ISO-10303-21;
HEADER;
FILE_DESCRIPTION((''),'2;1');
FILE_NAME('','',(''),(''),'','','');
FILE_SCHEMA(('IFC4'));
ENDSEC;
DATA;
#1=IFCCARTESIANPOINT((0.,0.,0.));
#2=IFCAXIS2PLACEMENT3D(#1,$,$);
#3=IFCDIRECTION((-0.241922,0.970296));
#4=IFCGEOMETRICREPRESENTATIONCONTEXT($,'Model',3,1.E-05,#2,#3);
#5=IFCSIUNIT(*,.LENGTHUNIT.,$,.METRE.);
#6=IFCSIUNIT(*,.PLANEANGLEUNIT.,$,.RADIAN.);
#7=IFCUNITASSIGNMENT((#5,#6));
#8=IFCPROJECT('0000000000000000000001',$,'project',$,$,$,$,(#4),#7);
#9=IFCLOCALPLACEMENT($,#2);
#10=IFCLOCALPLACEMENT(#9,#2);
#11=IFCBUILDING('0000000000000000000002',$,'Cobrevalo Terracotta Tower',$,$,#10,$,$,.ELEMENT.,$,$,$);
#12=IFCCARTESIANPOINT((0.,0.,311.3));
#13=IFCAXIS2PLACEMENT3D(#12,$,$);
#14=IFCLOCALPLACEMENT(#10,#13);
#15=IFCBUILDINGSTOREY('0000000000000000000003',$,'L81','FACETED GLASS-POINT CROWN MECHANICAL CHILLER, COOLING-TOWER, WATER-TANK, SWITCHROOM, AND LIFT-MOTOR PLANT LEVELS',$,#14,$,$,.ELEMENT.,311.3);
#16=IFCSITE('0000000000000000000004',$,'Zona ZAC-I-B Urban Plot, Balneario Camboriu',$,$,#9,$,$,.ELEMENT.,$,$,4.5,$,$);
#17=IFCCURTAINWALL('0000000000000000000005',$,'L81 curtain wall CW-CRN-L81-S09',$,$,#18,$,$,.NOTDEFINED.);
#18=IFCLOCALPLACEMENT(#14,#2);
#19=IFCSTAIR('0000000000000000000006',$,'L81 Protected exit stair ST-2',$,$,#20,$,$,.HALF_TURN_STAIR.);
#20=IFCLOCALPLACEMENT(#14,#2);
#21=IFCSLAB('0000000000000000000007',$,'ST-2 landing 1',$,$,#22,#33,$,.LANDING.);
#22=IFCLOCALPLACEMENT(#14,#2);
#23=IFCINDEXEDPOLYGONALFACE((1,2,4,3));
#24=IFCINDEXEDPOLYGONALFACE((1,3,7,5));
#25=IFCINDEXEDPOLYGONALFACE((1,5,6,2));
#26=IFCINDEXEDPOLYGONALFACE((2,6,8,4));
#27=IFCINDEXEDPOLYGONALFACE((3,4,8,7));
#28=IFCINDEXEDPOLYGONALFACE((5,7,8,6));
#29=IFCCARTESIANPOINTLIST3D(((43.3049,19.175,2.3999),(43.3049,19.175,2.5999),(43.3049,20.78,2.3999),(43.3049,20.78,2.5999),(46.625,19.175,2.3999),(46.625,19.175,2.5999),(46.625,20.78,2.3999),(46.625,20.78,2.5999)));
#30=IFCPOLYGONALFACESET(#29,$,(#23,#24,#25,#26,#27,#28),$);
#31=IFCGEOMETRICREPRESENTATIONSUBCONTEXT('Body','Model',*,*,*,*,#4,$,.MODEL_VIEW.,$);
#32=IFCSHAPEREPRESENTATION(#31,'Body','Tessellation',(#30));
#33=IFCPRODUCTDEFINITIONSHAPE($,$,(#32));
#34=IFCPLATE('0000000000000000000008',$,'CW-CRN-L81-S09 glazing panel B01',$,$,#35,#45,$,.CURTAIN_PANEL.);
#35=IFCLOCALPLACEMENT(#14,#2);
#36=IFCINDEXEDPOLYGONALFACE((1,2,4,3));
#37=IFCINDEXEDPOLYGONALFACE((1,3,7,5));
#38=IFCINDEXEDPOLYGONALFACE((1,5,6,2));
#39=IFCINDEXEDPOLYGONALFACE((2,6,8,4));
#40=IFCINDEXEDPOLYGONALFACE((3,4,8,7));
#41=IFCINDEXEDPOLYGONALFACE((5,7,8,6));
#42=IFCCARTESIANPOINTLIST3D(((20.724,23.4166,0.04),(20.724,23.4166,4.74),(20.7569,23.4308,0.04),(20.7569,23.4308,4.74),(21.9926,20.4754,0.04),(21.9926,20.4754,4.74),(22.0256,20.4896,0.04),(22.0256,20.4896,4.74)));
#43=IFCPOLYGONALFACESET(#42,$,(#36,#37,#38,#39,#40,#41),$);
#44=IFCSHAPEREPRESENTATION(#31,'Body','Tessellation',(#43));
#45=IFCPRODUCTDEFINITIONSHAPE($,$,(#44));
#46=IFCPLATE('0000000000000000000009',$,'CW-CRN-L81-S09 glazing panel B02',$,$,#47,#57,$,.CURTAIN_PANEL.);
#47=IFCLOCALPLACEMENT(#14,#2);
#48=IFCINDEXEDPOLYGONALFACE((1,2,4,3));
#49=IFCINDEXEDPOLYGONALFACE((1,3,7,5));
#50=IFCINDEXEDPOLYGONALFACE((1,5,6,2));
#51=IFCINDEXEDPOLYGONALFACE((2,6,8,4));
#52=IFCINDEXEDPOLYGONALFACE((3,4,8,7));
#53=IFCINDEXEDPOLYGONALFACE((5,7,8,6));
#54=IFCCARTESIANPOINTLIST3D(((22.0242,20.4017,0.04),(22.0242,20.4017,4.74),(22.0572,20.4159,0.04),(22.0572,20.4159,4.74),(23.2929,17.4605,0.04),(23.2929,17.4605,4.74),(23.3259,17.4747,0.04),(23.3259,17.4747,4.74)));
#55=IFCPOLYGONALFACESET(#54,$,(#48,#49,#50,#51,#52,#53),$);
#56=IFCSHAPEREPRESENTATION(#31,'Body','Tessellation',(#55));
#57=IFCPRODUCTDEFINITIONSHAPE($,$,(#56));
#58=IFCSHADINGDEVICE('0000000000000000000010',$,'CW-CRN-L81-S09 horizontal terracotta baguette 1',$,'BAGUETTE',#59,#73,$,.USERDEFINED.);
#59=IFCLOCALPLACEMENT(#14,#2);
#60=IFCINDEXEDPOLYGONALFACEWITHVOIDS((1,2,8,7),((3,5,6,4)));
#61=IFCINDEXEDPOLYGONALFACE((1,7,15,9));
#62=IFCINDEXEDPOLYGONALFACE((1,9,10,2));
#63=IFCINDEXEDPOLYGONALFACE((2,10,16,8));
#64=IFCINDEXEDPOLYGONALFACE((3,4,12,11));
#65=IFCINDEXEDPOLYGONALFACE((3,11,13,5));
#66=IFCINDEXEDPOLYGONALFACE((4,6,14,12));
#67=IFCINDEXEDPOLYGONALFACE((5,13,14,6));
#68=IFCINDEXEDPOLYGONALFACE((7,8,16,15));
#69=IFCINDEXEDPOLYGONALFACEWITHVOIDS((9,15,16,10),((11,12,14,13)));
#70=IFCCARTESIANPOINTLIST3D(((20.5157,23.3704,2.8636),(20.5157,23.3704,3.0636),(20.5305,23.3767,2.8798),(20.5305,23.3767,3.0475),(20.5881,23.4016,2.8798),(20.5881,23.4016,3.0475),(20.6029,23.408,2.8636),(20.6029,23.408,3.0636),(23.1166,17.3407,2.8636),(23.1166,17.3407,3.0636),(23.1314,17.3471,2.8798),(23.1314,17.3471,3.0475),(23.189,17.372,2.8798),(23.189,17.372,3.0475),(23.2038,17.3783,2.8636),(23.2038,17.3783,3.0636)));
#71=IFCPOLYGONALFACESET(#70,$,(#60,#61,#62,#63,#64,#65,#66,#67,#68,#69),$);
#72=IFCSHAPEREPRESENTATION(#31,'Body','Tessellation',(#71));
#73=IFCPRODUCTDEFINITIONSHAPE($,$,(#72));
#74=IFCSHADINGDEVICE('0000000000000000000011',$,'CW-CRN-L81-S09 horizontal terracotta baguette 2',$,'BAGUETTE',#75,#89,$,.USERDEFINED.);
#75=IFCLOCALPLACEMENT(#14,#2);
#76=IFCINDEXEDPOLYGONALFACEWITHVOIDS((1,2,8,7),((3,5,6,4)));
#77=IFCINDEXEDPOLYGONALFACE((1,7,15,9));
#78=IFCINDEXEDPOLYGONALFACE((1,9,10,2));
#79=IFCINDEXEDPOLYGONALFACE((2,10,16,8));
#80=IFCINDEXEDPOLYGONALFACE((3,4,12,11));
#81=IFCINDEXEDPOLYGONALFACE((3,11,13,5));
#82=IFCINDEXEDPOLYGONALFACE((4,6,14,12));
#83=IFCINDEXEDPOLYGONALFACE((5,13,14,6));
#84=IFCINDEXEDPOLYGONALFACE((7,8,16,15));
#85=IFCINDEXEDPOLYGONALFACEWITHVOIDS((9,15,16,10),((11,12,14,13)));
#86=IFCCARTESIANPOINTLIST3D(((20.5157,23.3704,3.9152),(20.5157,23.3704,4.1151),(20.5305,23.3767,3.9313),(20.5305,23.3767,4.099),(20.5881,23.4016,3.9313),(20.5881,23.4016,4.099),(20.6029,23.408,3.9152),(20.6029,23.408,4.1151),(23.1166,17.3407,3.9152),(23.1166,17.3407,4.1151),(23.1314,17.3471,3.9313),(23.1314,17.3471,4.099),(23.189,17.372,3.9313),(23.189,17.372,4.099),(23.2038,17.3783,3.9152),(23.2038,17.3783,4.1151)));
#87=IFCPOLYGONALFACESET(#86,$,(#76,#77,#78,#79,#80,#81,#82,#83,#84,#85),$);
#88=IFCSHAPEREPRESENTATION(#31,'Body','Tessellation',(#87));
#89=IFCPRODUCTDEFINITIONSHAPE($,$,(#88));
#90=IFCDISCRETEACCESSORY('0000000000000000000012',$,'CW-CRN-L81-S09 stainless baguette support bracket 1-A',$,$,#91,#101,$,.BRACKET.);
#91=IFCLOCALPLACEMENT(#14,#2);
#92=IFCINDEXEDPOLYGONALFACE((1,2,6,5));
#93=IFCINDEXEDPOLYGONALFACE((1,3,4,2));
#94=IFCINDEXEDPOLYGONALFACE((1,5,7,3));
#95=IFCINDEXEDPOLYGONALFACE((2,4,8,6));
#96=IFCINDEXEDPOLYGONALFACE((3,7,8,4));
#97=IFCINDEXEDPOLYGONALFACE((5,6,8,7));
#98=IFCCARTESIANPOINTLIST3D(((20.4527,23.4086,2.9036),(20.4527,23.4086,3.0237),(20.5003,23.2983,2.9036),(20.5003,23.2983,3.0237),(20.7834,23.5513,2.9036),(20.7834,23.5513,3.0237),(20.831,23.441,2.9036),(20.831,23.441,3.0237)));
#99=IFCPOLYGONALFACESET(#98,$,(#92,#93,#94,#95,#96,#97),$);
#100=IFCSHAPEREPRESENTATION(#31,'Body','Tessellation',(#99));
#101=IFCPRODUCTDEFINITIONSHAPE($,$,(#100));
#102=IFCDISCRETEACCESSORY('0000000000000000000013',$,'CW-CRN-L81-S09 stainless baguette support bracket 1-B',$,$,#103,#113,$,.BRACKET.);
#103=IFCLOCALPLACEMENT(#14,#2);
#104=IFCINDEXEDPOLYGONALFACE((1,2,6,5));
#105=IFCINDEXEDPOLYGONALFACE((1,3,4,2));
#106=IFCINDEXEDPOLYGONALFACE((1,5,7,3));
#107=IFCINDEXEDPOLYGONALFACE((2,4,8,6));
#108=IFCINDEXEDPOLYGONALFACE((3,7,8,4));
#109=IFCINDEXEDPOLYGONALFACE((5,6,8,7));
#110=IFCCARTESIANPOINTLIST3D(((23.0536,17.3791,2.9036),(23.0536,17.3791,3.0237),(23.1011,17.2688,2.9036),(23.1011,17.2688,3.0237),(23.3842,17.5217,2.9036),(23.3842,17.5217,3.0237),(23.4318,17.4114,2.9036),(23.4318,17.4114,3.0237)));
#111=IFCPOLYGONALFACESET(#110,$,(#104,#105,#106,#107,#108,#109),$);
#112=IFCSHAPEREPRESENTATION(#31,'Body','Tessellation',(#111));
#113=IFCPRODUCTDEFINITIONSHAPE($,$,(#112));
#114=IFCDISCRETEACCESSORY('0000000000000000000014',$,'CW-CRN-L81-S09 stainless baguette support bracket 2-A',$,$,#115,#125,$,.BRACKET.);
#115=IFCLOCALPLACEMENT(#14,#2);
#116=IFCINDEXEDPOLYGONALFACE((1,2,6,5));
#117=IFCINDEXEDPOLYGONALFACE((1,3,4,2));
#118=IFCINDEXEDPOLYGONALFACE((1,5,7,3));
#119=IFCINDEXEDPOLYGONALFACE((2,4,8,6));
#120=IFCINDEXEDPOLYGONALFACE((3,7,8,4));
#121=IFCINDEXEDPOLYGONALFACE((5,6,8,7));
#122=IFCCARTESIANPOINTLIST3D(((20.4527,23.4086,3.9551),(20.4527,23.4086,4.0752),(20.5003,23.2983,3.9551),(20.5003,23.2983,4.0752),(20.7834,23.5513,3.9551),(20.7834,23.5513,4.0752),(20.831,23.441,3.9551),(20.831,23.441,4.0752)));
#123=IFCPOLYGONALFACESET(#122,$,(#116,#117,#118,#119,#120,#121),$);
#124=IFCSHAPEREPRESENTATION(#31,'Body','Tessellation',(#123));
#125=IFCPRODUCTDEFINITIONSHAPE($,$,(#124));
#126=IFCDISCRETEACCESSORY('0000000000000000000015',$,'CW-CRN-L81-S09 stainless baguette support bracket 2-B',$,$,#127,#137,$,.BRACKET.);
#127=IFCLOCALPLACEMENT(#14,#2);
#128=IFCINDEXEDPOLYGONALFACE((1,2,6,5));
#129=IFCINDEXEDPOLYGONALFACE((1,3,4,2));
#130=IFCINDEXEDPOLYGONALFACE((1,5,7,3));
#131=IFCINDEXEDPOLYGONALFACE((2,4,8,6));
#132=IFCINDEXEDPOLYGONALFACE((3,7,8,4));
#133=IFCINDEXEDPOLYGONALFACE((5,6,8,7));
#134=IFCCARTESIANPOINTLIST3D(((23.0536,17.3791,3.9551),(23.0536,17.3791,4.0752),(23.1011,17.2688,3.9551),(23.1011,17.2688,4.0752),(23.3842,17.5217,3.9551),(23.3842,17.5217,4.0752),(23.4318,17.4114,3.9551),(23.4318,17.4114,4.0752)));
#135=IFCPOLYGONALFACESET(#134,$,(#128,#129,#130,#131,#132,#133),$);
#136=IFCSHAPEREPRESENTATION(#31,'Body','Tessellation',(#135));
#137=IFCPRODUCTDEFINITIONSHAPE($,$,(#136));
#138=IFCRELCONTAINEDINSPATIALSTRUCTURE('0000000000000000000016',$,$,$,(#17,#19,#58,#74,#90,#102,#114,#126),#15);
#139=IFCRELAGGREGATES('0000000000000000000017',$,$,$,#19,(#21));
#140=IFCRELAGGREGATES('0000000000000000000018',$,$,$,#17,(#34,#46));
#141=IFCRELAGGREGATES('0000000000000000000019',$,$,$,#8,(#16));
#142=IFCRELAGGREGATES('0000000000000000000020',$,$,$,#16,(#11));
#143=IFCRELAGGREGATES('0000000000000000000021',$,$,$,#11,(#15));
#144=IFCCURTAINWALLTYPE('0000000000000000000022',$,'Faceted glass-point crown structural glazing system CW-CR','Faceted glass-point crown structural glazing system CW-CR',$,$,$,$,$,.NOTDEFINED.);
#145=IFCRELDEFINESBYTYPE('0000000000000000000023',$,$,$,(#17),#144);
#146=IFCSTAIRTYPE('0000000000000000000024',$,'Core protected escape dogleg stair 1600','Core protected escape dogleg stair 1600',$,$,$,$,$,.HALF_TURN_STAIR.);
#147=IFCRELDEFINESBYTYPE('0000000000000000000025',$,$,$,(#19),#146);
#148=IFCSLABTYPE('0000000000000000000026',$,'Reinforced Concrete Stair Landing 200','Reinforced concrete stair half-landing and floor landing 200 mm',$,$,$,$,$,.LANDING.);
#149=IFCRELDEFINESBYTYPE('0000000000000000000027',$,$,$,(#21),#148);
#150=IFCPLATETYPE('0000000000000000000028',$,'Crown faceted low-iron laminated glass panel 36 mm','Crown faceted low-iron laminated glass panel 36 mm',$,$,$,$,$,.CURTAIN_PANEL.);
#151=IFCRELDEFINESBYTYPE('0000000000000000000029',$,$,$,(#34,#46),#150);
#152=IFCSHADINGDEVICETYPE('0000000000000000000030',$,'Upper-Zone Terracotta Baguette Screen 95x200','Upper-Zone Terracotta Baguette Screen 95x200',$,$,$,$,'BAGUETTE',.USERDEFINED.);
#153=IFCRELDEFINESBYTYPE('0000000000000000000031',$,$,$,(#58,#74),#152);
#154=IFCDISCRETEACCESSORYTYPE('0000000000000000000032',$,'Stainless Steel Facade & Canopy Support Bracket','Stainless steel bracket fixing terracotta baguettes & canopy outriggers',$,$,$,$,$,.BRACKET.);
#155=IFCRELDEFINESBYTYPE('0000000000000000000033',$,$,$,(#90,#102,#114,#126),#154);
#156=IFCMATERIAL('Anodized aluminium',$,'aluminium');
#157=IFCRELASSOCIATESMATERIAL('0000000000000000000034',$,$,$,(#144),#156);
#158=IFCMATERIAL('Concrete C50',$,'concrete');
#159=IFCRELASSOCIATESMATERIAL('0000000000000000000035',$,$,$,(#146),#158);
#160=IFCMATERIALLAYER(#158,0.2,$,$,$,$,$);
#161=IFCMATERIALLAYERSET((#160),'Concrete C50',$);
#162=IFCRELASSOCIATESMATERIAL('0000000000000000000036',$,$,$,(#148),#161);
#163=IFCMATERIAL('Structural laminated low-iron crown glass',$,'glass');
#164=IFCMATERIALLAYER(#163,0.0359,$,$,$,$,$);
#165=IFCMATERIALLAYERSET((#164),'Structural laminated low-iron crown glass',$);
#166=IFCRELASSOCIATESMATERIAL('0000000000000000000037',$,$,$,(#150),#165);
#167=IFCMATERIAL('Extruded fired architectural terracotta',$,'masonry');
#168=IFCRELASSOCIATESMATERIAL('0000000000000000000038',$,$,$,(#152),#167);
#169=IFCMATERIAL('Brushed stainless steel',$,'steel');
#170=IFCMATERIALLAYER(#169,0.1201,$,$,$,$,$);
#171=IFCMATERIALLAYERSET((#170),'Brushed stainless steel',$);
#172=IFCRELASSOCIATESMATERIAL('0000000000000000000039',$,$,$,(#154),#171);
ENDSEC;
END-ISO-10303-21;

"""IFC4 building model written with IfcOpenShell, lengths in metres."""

from ifc_helpers import new_model, si_unit, direction, frame, origin, origin_2d, place, context, subcontext, project, spatial, polyline, rectangle, hollow_rectangle, outline, extrude, source, transform, mapped, material, layer, layer_set, material_profile, profile_set, type_object, element, aggregate, save


model = new_model("IFC4")

# Units and contexts
model_context = context("Model", 3, precision=1e-05, world=origin(), true_north=direction((-0.241922, 0.970296)))
body_context = subcontext(model_context, "Body", "Model", "MODEL_VIEW")
ifc_project = project(units=[si_unit("LENGTHUNIT", "METRE"), si_unit("PLANEANGLEUNIT", "RADIAN")], contexts=[model_context])

# Site, building, storey
site_placement = place(None, origin())
site = spatial("IfcSite", under=ifc_project, at=site_placement, Name="Zona ZAC-I-B Urban Plot, Balneario Camboriu", CompositionType="ELEMENT", RefElevation=4.5)
building_placement = place(site_placement, origin())
building = spatial("IfcBuilding", under=site, at=building_placement, Name="Cobrevalo Terracotta Tower", CompositionType="ELEMENT")
storey_placement = place(building_placement, frame((0.0, 0.0, 311.3)))
storey = spatial("IfcBuildingStorey", under=building, at=storey_placement, Name="L81", Description="FACETED GLASS-POINT CROWN MECHANICAL CHILLER, COOLING-TOWER, WATER-TANK, SWITCHROOM, AND LIFT-MOTOR PLANT LEVELS", CompositionType="ELEMENT", Elevation=311.3)

# Curtain wall
ifc_material_1 = material(Name="Anodized aluminium", Category="aluminium")
curtain_wall_type = type_object("IfcCurtainWallType", Name="Faceted glass-point crown structural glazing system CW-CR", Description="Faceted glass-point crown structural glazing system CW-CR", PredefinedType="NOTDEFINED", material=ifc_material_1)
curtain_wall_1_placement = place(storey_placement, origin())
curtain_wall_1 = element("IfcCurtainWall", 1, at=curtain_wall_1_placement, inside=storey, type_object=curtain_wall_type, Name="L81 curtain wall CW-CRN-L81-S09", PredefinedType="NOTDEFINED")

# Shared definitions
ifc_material_2 = material(Name="Concrete C50", Category="concrete")

# Stair, slab
stair_type = type_object("IfcStairType", Name="Core protected escape dogleg stair 1600", Description="Core protected escape dogleg stair 1600", PredefinedType="HALF_TURN_STAIR", material=ifc_material_2)
ifc_layer_1 = layer(ifc_material_2, 0.2)
ifc_layer_set_1 = layer_set([ifc_layer_1], Name="Concrete C50")
slab_type_1 = type_object("IfcSlabType", Name="Reinforced Concrete Stair Landing 200", Description="Reinforced concrete stair half-landing and floor landing 200 mm", PredefinedType="LANDING", material=ifc_layer_set_1)
stair_1_placement = place(storey_placement, origin())
stair_1 = element("IfcStair", 2, at=stair_1_placement, inside=storey, type_object=stair_type, Name="L81 Protected exit stair ST-2", PredefinedType="HALF_TURN_STAIR")
slab_1_placement = place(storey_placement, frame((0.0, 0.0, 2.3999)))
slab_1 = element("IfcSlab", 3, at=slab_1_placement, type_object=slab_type_1, Name="ST-2 landing 1", PredefinedType="LANDING", context=body_context, shape_type="SweptSolid", body=[
    extrude(outline(polyline([(43.3049, 20.78), (43.3049, 19.175), (46.625, 19.175), (46.625, 20.78), (43.3049, 20.78)])), origin(), (0.0, 0.0, 1.0), 0.2),
])
aggregate(stair_1, [slab_1])

# Plates
ifc_material_3 = material(Name="Structural laminated low-iron crown glass", Category="glass")
ifc_layer_2 = layer(ifc_material_3, 0.0359)
ifc_layer_set_2 = layer_set([ifc_layer_2], Name="Structural laminated low-iron crown glass")
plate_type = type_object("IfcPlateType", Name="Crown faceted low-iron laminated glass panel 36 mm", Description="Crown faceted low-iron laminated glass panel 36 mm", PredefinedType="CURTAIN_PANEL", material=ifc_layer_set_2)
shared_shape_1 = source(origin(), body_context, "Body", "SweptSolid", [
    extrude(rectangle(XDim=3.2031, YDim=0.0359, at=origin_2d()), origin(), (0.0, 0.0, 1.0), 4.7),
])
plate_1_placement = place(storey_placement, frame((21.3748, 21.9531, 0.04), z_axis=(0.0, 0.0, 1.0), x_axis=(0.396066, -0.918222, 0.0)))
plate_1 = element("IfcPlate", 4, at=plate_1_placement, type_object=plate_type, Name="CW-CRN-L81-S09 glazing panel B01", PredefinedType="CURTAIN_PANEL", context=body_context, shape_type="MappedRepresentation", body=[
    mapped(shared_shape_1, transform((0.0, 0.0, 0.0), scale=1.0)),
])
plate_2_placement = place(storey_placement, frame((22.675, 18.9382, 0.04), z_axis=(0.0, 0.0, 1.0), x_axis=(0.396066, -0.918222, 0.0)))
plate_2 = element("IfcPlate", 5, at=plate_2_placement, type_object=plate_type, Name="CW-CRN-L81-S09 glazing panel B02", PredefinedType="CURTAIN_PANEL", context=body_context, shape_type="MappedRepresentation", body=[
    mapped(shared_shape_1, transform((0.0, 0.0, 0.0), scale=1.0)),
])
aggregate(curtain_wall_1, [plate_1, plate_2])

# Shading devices
ifc_material_4 = material(Name="Extruded fired architectural terracotta", Category="masonry")
ifc_material_profile_1 = material_profile(ifc_material_4, hollow_rectangle(XDim=0.095, YDim=0.2, WallThickness=0.0161, at=origin_2d()), Name="BAGUETTE 95x200")
ifc_profile_set_1 = profile_set([ifc_material_profile_1], Name="Extruded fired architectural terracotta")
shading_device_type = type_object("IfcShadingDeviceType", Name="Upper-Zone Terracotta Baguette Screen 95x200", Description="Upper-Zone Terracotta Baguette Screen 95x200", ElementType="BAGUETTE", PredefinedType="USERDEFINED", material=ifc_profile_set_1)
shared_shape_2 = source(origin(), body_context, "Body", "SweptSolid", [
    extrude(hollow_rectangle(XDim=0.095, YDim=0.2, WallThickness=0.0161, at=origin_2d()), origin(), (0.0, 0.0, 1.0), 6.5667),
])
for number, where, z_axis, x_axis, name in (
    (6, (20.5593, 23.3892, 2.9636), (0.396072, -0.918219, 0.0), (0.918219, 0.396072, 0.0), "CW-CRN-L81-S09 horizontal terracotta baguette 1"),
    (7, (20.5593, 23.3892, 4.0151), (0.396072, -0.918219, 0.0), (0.918219, 0.396072, 0.0), "CW-CRN-L81-S09 horizontal terracotta baguette 2"),
):
    element("IfcShadingDevice", number, at=place(storey_placement, frame(where, z_axis=z_axis, x_axis=x_axis)), inside=storey, type_object=shading_device_type, Name=name, ObjectType="BAGUETTE", PredefinedType="USERDEFINED", context=body_context, shape_type="MappedRepresentation", body=[
        mapped(shared_shape_2, transform((0.0, 0.0, 0.0), scale=1.0)),
    ])

# Discrete accessories
ifc_material_5 = material(Name="Brushed stainless steel", Category="steel")
ifc_layer_3 = layer(ifc_material_5, 0.1201)
ifc_layer_set_3 = layer_set([ifc_layer_3], Name="Brushed stainless steel")
discrete_accessory_type = type_object("IfcDiscreteAccessoryType", Name="Stainless Steel Facade & Canopy Support Bracket", Description="Stainless steel bracket fixing terracotta baguettes & canopy outriggers", PredefinedType="BRACKET", material=ifc_layer_set_3)
shared_shape_3 = source(origin(), body_context, "Body", "SweptSolid", [
    extrude(rectangle(XDim=0.1201, YDim=0.3601, at=origin_2d()), origin(), (0.0, 0.0, 1.0), 0.1201),
])
for number, where, z_axis, x_axis, name in (
    (8, (20.6418, 23.4248, 2.9036), (0.0, 0.0, 1.0), (0.396066, -0.918222, 0.0), "CW-CRN-L81-S09 stainless baguette support bracket 1-A"),
    (9, (23.2427, 17.3953, 2.9036), (0.0, 0.0, 1.0), (0.396066, -0.918222, 0.0), "CW-CRN-L81-S09 stainless baguette support bracket 1-B"),
    (10, (20.6418, 23.4248, 3.9551), (0.0, 0.0, 1.0), (0.396066, -0.918222, 0.0), "CW-CRN-L81-S09 stainless baguette support bracket 2-A"),
    (11, (23.2427, 17.3953, 3.9551), (0.0, 0.0, 1.0), (0.396066, -0.918222, 0.0), "CW-CRN-L81-S09 stainless baguette support bracket 2-B"),
):
    element("IfcDiscreteAccessory", number, at=place(storey_placement, frame(where, z_axis=z_axis, x_axis=x_axis)), inside=storey, type_object=discrete_accessory_type, Name=name, PredefinedType="BRACKET", context=body_context, shape_type="MappedRepresentation", body=[
        mapped(shared_shape_3, transform((0.0, 0.0, 0.0), scale=1.0)),
    ])

save(model, "model.ifc")
